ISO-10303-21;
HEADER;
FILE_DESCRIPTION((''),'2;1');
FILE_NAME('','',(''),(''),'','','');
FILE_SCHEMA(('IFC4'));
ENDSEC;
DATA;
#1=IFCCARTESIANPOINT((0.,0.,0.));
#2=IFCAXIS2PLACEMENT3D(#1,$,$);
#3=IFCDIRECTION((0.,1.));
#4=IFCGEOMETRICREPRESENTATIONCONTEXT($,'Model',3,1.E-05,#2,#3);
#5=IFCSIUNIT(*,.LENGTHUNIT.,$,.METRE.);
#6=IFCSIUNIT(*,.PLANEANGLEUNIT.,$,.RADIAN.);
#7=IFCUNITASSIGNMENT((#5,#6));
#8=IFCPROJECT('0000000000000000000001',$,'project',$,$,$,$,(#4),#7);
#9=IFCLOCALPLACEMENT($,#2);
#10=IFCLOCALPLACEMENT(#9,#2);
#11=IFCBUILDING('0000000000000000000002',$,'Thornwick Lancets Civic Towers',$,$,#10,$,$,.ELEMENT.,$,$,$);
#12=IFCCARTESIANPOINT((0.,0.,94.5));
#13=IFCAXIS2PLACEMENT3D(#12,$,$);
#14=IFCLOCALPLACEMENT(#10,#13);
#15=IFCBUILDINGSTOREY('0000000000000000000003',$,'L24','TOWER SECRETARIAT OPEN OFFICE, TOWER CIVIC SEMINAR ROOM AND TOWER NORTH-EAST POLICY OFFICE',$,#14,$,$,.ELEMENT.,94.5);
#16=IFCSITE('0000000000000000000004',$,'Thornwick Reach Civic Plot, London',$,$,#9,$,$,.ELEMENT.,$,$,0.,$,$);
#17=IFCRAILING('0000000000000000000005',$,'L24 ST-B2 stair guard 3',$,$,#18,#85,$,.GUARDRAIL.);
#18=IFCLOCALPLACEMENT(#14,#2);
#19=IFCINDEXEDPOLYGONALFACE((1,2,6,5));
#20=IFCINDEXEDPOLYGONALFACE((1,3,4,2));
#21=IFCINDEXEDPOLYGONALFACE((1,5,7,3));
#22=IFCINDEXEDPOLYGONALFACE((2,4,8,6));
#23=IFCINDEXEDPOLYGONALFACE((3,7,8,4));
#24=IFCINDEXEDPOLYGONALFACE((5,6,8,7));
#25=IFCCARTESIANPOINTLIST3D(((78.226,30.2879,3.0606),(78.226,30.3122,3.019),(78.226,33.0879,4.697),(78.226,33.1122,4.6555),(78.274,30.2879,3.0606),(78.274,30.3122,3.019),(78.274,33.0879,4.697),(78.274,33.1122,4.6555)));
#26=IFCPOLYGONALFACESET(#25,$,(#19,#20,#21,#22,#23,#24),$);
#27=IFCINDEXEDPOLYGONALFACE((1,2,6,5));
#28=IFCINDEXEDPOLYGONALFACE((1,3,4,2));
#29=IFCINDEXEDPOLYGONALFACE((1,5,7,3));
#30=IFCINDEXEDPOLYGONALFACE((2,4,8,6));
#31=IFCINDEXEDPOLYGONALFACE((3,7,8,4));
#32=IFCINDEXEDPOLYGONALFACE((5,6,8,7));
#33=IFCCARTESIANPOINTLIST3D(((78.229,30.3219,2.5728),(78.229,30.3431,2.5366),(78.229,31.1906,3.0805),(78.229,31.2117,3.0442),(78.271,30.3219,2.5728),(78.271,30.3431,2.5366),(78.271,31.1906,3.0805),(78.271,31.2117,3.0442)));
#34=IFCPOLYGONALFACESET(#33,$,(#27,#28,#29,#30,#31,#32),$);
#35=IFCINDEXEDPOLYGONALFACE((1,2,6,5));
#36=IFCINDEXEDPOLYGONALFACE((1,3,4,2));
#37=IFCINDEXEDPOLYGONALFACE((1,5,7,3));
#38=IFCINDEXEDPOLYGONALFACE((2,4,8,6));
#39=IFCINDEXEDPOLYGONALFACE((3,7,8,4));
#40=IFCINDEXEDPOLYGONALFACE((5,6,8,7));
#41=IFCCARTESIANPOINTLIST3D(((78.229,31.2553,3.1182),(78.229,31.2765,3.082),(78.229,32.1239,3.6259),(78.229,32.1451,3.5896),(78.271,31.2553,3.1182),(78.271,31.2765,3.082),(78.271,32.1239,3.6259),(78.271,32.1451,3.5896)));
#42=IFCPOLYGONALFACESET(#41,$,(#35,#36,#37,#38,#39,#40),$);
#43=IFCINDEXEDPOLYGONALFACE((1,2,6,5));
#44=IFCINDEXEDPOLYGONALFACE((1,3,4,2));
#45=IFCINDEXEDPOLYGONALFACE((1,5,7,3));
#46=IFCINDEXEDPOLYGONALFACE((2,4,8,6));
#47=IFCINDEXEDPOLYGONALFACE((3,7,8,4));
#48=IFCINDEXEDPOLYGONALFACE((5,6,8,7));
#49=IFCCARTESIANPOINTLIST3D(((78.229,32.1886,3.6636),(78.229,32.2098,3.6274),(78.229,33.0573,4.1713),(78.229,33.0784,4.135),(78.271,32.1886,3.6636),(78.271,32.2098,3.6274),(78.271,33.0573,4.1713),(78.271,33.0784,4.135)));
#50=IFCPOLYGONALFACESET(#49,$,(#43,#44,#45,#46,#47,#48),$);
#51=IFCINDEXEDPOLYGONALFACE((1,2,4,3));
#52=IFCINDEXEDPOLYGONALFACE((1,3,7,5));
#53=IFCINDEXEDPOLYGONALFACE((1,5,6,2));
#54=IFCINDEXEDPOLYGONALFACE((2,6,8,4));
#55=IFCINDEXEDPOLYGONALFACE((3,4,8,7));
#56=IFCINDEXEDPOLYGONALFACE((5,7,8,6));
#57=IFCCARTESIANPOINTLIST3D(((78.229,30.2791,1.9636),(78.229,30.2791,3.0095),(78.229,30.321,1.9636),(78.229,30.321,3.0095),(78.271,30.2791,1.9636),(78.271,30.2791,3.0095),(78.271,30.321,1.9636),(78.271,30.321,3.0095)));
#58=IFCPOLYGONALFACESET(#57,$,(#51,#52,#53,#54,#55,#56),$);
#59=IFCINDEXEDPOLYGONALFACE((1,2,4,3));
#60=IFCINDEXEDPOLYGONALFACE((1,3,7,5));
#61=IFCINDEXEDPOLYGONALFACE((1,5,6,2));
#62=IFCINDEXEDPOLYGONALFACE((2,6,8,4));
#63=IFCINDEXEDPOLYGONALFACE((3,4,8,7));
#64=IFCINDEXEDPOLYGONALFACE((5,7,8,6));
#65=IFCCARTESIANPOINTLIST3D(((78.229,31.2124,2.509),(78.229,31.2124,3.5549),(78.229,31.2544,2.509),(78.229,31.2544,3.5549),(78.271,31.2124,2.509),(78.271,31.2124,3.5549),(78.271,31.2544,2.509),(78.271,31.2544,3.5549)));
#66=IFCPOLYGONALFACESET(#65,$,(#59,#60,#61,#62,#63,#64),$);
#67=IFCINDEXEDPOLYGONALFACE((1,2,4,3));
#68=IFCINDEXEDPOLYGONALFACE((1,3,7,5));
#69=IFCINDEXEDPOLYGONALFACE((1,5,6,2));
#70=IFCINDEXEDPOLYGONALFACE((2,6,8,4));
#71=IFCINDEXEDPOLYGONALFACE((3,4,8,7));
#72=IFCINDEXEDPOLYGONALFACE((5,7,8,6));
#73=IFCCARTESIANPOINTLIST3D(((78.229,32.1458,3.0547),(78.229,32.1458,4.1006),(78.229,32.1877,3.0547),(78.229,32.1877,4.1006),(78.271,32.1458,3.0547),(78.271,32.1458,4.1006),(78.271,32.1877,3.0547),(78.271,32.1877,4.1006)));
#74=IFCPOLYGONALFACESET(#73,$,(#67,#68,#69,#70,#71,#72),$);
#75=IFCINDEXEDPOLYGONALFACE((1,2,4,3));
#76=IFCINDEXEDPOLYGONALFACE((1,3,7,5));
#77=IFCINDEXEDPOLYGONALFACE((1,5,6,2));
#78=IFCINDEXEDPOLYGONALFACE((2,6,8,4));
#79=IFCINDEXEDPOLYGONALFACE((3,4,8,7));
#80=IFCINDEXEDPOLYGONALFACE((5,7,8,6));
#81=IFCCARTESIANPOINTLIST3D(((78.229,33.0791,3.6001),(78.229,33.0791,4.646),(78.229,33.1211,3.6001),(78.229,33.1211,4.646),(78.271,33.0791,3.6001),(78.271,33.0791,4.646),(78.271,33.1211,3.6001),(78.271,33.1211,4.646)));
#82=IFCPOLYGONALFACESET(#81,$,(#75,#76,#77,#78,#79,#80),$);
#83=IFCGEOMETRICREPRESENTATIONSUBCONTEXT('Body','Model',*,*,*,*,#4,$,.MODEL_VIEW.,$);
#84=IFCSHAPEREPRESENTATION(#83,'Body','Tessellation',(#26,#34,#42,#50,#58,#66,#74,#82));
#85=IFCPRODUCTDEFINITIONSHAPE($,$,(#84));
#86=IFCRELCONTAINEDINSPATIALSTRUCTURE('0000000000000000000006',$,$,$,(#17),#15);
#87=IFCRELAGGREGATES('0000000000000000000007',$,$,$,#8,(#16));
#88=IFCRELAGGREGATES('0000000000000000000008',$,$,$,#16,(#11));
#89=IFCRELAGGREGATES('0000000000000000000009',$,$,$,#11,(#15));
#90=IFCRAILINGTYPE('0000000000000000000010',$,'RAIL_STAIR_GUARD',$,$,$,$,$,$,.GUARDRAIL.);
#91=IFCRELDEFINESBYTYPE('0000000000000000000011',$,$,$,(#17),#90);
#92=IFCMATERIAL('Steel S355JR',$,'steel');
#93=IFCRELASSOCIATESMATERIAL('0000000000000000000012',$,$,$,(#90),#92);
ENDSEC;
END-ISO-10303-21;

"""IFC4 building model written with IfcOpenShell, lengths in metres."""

from ifc_helpers import new_model, si_unit, direction, frame, origin, origin_2d, place, context, subcontext, project, spatial, rectangle, extrude, material, type_object, element, save


model = new_model("IFC4")

# Units and contexts
model_context = context("Model", 3, precision=1e-05, world=origin(), true_north=direction((0.0, 1.0)))
body_context = subcontext(model_context, "Body", "Model", "MODEL_VIEW")
ifc_project = project(units=[si_unit("LENGTHUNIT", "METRE"), si_unit("PLANEANGLEUNIT", "RADIAN")], contexts=[model_context])

# Site, building, storey
site_placement = place(None, origin())
site = spatial("IfcSite", under=ifc_project, at=site_placement, Name="Thornwick Reach Civic Plot, London", CompositionType="ELEMENT", RefElevation=0.0)
building_placement = place(site_placement, origin())
building = spatial("IfcBuilding", under=site, at=building_placement, Name="Thornwick Lancets Civic Towers", CompositionType="ELEMENT")
storey_placement = place(building_placement, frame((0.0, 0.0, 94.5)))
storey = spatial("IfcBuildingStorey", under=building, at=storey_placement, Name="L24", Description="TOWER SECRETARIAT OPEN OFFICE, TOWER CIVIC SEMINAR ROOM AND TOWER NORTH-EAST POLICY OFFICE", CompositionType="ELEMENT", Elevation=94.5)

# Railing
ifc_material_1 = material(Name="Steel S355JR", Category="steel")
railing_type_1 = type_object("IfcRailingType", Name="RAIL_STAIR_GUARD", PredefinedType="GUARDRAIL", material=ifc_material_1)
railing_1_placement = place(storey_placement, frame((78.25, 30.3, 1.9636)))
element("IfcRailing", 1, at=railing_1_placement, inside=storey, type_object=railing_type_1, Name="L24 ST-B2 stair guard 3", PredefinedType="GUARDRAIL", context=body_context, shape_type="SweptSolid", body=[
    extrude(rectangle(XDim=0.0481, YDim=0.0481, at=origin_2d()), frame((0.0, 0.0, 1.0762), z_axis=(0.0, 0.863361, 0.504587), x_axis=(-1.0, 0.0, 0.0)), (0.0, 0.0, 1.0), 3.2432),
    extrude(rectangle(XDim=0.042, YDim=0.042, at=origin_2d()), frame((0.0, 0.0325, 0.5911), z_axis=(0.0, 0.863361, 0.504587), x_axis=(-1.0, 0.0, 0.0)), (0.0, 0.0, 1.0), 1.0061),
    extrude(rectangle(XDim=0.042, YDim=0.042, at=origin_2d()), frame((0.0, 0.9658, 1.1365), z_axis=(0.0, 0.863361, 0.504587), x_axis=(-1.0, 0.0, 0.0)), (0.0, 0.0, 1.0), 1.0061),
    extrude(rectangle(XDim=0.042, YDim=0.042, at=origin_2d()), frame((0.0, 1.8992, 1.6819), z_axis=(0.0, 0.863361, 0.504587), x_axis=(-1.0, 0.0, 0.0)), (0.0, 0.0, 1.0), 1.0061),
    extrude(rectangle(XDim=0.042, YDim=0.042, at=origin_2d()), origin(), (0.0, 0.0, 1.0), 1.0459),
    extrude(rectangle(XDim=0.042, YDim=0.042, at=origin_2d()), frame((0.0, 0.9333, 0.5454)), (0.0, 0.0, 1.0), 1.0459),
    extrude(rectangle(XDim=0.042, YDim=0.042, at=origin_2d()), frame((0.0, 1.8667, 1.0911)), (0.0, 0.0, 1.0), 1.0459),
    extrude(rectangle(XDim=0.042, YDim=0.042, at=origin_2d()), frame((0.0, 2.8, 1.6365)), (0.0, 0.0, 1.0), 1.0459),
])

save(model, "model.ifc")
